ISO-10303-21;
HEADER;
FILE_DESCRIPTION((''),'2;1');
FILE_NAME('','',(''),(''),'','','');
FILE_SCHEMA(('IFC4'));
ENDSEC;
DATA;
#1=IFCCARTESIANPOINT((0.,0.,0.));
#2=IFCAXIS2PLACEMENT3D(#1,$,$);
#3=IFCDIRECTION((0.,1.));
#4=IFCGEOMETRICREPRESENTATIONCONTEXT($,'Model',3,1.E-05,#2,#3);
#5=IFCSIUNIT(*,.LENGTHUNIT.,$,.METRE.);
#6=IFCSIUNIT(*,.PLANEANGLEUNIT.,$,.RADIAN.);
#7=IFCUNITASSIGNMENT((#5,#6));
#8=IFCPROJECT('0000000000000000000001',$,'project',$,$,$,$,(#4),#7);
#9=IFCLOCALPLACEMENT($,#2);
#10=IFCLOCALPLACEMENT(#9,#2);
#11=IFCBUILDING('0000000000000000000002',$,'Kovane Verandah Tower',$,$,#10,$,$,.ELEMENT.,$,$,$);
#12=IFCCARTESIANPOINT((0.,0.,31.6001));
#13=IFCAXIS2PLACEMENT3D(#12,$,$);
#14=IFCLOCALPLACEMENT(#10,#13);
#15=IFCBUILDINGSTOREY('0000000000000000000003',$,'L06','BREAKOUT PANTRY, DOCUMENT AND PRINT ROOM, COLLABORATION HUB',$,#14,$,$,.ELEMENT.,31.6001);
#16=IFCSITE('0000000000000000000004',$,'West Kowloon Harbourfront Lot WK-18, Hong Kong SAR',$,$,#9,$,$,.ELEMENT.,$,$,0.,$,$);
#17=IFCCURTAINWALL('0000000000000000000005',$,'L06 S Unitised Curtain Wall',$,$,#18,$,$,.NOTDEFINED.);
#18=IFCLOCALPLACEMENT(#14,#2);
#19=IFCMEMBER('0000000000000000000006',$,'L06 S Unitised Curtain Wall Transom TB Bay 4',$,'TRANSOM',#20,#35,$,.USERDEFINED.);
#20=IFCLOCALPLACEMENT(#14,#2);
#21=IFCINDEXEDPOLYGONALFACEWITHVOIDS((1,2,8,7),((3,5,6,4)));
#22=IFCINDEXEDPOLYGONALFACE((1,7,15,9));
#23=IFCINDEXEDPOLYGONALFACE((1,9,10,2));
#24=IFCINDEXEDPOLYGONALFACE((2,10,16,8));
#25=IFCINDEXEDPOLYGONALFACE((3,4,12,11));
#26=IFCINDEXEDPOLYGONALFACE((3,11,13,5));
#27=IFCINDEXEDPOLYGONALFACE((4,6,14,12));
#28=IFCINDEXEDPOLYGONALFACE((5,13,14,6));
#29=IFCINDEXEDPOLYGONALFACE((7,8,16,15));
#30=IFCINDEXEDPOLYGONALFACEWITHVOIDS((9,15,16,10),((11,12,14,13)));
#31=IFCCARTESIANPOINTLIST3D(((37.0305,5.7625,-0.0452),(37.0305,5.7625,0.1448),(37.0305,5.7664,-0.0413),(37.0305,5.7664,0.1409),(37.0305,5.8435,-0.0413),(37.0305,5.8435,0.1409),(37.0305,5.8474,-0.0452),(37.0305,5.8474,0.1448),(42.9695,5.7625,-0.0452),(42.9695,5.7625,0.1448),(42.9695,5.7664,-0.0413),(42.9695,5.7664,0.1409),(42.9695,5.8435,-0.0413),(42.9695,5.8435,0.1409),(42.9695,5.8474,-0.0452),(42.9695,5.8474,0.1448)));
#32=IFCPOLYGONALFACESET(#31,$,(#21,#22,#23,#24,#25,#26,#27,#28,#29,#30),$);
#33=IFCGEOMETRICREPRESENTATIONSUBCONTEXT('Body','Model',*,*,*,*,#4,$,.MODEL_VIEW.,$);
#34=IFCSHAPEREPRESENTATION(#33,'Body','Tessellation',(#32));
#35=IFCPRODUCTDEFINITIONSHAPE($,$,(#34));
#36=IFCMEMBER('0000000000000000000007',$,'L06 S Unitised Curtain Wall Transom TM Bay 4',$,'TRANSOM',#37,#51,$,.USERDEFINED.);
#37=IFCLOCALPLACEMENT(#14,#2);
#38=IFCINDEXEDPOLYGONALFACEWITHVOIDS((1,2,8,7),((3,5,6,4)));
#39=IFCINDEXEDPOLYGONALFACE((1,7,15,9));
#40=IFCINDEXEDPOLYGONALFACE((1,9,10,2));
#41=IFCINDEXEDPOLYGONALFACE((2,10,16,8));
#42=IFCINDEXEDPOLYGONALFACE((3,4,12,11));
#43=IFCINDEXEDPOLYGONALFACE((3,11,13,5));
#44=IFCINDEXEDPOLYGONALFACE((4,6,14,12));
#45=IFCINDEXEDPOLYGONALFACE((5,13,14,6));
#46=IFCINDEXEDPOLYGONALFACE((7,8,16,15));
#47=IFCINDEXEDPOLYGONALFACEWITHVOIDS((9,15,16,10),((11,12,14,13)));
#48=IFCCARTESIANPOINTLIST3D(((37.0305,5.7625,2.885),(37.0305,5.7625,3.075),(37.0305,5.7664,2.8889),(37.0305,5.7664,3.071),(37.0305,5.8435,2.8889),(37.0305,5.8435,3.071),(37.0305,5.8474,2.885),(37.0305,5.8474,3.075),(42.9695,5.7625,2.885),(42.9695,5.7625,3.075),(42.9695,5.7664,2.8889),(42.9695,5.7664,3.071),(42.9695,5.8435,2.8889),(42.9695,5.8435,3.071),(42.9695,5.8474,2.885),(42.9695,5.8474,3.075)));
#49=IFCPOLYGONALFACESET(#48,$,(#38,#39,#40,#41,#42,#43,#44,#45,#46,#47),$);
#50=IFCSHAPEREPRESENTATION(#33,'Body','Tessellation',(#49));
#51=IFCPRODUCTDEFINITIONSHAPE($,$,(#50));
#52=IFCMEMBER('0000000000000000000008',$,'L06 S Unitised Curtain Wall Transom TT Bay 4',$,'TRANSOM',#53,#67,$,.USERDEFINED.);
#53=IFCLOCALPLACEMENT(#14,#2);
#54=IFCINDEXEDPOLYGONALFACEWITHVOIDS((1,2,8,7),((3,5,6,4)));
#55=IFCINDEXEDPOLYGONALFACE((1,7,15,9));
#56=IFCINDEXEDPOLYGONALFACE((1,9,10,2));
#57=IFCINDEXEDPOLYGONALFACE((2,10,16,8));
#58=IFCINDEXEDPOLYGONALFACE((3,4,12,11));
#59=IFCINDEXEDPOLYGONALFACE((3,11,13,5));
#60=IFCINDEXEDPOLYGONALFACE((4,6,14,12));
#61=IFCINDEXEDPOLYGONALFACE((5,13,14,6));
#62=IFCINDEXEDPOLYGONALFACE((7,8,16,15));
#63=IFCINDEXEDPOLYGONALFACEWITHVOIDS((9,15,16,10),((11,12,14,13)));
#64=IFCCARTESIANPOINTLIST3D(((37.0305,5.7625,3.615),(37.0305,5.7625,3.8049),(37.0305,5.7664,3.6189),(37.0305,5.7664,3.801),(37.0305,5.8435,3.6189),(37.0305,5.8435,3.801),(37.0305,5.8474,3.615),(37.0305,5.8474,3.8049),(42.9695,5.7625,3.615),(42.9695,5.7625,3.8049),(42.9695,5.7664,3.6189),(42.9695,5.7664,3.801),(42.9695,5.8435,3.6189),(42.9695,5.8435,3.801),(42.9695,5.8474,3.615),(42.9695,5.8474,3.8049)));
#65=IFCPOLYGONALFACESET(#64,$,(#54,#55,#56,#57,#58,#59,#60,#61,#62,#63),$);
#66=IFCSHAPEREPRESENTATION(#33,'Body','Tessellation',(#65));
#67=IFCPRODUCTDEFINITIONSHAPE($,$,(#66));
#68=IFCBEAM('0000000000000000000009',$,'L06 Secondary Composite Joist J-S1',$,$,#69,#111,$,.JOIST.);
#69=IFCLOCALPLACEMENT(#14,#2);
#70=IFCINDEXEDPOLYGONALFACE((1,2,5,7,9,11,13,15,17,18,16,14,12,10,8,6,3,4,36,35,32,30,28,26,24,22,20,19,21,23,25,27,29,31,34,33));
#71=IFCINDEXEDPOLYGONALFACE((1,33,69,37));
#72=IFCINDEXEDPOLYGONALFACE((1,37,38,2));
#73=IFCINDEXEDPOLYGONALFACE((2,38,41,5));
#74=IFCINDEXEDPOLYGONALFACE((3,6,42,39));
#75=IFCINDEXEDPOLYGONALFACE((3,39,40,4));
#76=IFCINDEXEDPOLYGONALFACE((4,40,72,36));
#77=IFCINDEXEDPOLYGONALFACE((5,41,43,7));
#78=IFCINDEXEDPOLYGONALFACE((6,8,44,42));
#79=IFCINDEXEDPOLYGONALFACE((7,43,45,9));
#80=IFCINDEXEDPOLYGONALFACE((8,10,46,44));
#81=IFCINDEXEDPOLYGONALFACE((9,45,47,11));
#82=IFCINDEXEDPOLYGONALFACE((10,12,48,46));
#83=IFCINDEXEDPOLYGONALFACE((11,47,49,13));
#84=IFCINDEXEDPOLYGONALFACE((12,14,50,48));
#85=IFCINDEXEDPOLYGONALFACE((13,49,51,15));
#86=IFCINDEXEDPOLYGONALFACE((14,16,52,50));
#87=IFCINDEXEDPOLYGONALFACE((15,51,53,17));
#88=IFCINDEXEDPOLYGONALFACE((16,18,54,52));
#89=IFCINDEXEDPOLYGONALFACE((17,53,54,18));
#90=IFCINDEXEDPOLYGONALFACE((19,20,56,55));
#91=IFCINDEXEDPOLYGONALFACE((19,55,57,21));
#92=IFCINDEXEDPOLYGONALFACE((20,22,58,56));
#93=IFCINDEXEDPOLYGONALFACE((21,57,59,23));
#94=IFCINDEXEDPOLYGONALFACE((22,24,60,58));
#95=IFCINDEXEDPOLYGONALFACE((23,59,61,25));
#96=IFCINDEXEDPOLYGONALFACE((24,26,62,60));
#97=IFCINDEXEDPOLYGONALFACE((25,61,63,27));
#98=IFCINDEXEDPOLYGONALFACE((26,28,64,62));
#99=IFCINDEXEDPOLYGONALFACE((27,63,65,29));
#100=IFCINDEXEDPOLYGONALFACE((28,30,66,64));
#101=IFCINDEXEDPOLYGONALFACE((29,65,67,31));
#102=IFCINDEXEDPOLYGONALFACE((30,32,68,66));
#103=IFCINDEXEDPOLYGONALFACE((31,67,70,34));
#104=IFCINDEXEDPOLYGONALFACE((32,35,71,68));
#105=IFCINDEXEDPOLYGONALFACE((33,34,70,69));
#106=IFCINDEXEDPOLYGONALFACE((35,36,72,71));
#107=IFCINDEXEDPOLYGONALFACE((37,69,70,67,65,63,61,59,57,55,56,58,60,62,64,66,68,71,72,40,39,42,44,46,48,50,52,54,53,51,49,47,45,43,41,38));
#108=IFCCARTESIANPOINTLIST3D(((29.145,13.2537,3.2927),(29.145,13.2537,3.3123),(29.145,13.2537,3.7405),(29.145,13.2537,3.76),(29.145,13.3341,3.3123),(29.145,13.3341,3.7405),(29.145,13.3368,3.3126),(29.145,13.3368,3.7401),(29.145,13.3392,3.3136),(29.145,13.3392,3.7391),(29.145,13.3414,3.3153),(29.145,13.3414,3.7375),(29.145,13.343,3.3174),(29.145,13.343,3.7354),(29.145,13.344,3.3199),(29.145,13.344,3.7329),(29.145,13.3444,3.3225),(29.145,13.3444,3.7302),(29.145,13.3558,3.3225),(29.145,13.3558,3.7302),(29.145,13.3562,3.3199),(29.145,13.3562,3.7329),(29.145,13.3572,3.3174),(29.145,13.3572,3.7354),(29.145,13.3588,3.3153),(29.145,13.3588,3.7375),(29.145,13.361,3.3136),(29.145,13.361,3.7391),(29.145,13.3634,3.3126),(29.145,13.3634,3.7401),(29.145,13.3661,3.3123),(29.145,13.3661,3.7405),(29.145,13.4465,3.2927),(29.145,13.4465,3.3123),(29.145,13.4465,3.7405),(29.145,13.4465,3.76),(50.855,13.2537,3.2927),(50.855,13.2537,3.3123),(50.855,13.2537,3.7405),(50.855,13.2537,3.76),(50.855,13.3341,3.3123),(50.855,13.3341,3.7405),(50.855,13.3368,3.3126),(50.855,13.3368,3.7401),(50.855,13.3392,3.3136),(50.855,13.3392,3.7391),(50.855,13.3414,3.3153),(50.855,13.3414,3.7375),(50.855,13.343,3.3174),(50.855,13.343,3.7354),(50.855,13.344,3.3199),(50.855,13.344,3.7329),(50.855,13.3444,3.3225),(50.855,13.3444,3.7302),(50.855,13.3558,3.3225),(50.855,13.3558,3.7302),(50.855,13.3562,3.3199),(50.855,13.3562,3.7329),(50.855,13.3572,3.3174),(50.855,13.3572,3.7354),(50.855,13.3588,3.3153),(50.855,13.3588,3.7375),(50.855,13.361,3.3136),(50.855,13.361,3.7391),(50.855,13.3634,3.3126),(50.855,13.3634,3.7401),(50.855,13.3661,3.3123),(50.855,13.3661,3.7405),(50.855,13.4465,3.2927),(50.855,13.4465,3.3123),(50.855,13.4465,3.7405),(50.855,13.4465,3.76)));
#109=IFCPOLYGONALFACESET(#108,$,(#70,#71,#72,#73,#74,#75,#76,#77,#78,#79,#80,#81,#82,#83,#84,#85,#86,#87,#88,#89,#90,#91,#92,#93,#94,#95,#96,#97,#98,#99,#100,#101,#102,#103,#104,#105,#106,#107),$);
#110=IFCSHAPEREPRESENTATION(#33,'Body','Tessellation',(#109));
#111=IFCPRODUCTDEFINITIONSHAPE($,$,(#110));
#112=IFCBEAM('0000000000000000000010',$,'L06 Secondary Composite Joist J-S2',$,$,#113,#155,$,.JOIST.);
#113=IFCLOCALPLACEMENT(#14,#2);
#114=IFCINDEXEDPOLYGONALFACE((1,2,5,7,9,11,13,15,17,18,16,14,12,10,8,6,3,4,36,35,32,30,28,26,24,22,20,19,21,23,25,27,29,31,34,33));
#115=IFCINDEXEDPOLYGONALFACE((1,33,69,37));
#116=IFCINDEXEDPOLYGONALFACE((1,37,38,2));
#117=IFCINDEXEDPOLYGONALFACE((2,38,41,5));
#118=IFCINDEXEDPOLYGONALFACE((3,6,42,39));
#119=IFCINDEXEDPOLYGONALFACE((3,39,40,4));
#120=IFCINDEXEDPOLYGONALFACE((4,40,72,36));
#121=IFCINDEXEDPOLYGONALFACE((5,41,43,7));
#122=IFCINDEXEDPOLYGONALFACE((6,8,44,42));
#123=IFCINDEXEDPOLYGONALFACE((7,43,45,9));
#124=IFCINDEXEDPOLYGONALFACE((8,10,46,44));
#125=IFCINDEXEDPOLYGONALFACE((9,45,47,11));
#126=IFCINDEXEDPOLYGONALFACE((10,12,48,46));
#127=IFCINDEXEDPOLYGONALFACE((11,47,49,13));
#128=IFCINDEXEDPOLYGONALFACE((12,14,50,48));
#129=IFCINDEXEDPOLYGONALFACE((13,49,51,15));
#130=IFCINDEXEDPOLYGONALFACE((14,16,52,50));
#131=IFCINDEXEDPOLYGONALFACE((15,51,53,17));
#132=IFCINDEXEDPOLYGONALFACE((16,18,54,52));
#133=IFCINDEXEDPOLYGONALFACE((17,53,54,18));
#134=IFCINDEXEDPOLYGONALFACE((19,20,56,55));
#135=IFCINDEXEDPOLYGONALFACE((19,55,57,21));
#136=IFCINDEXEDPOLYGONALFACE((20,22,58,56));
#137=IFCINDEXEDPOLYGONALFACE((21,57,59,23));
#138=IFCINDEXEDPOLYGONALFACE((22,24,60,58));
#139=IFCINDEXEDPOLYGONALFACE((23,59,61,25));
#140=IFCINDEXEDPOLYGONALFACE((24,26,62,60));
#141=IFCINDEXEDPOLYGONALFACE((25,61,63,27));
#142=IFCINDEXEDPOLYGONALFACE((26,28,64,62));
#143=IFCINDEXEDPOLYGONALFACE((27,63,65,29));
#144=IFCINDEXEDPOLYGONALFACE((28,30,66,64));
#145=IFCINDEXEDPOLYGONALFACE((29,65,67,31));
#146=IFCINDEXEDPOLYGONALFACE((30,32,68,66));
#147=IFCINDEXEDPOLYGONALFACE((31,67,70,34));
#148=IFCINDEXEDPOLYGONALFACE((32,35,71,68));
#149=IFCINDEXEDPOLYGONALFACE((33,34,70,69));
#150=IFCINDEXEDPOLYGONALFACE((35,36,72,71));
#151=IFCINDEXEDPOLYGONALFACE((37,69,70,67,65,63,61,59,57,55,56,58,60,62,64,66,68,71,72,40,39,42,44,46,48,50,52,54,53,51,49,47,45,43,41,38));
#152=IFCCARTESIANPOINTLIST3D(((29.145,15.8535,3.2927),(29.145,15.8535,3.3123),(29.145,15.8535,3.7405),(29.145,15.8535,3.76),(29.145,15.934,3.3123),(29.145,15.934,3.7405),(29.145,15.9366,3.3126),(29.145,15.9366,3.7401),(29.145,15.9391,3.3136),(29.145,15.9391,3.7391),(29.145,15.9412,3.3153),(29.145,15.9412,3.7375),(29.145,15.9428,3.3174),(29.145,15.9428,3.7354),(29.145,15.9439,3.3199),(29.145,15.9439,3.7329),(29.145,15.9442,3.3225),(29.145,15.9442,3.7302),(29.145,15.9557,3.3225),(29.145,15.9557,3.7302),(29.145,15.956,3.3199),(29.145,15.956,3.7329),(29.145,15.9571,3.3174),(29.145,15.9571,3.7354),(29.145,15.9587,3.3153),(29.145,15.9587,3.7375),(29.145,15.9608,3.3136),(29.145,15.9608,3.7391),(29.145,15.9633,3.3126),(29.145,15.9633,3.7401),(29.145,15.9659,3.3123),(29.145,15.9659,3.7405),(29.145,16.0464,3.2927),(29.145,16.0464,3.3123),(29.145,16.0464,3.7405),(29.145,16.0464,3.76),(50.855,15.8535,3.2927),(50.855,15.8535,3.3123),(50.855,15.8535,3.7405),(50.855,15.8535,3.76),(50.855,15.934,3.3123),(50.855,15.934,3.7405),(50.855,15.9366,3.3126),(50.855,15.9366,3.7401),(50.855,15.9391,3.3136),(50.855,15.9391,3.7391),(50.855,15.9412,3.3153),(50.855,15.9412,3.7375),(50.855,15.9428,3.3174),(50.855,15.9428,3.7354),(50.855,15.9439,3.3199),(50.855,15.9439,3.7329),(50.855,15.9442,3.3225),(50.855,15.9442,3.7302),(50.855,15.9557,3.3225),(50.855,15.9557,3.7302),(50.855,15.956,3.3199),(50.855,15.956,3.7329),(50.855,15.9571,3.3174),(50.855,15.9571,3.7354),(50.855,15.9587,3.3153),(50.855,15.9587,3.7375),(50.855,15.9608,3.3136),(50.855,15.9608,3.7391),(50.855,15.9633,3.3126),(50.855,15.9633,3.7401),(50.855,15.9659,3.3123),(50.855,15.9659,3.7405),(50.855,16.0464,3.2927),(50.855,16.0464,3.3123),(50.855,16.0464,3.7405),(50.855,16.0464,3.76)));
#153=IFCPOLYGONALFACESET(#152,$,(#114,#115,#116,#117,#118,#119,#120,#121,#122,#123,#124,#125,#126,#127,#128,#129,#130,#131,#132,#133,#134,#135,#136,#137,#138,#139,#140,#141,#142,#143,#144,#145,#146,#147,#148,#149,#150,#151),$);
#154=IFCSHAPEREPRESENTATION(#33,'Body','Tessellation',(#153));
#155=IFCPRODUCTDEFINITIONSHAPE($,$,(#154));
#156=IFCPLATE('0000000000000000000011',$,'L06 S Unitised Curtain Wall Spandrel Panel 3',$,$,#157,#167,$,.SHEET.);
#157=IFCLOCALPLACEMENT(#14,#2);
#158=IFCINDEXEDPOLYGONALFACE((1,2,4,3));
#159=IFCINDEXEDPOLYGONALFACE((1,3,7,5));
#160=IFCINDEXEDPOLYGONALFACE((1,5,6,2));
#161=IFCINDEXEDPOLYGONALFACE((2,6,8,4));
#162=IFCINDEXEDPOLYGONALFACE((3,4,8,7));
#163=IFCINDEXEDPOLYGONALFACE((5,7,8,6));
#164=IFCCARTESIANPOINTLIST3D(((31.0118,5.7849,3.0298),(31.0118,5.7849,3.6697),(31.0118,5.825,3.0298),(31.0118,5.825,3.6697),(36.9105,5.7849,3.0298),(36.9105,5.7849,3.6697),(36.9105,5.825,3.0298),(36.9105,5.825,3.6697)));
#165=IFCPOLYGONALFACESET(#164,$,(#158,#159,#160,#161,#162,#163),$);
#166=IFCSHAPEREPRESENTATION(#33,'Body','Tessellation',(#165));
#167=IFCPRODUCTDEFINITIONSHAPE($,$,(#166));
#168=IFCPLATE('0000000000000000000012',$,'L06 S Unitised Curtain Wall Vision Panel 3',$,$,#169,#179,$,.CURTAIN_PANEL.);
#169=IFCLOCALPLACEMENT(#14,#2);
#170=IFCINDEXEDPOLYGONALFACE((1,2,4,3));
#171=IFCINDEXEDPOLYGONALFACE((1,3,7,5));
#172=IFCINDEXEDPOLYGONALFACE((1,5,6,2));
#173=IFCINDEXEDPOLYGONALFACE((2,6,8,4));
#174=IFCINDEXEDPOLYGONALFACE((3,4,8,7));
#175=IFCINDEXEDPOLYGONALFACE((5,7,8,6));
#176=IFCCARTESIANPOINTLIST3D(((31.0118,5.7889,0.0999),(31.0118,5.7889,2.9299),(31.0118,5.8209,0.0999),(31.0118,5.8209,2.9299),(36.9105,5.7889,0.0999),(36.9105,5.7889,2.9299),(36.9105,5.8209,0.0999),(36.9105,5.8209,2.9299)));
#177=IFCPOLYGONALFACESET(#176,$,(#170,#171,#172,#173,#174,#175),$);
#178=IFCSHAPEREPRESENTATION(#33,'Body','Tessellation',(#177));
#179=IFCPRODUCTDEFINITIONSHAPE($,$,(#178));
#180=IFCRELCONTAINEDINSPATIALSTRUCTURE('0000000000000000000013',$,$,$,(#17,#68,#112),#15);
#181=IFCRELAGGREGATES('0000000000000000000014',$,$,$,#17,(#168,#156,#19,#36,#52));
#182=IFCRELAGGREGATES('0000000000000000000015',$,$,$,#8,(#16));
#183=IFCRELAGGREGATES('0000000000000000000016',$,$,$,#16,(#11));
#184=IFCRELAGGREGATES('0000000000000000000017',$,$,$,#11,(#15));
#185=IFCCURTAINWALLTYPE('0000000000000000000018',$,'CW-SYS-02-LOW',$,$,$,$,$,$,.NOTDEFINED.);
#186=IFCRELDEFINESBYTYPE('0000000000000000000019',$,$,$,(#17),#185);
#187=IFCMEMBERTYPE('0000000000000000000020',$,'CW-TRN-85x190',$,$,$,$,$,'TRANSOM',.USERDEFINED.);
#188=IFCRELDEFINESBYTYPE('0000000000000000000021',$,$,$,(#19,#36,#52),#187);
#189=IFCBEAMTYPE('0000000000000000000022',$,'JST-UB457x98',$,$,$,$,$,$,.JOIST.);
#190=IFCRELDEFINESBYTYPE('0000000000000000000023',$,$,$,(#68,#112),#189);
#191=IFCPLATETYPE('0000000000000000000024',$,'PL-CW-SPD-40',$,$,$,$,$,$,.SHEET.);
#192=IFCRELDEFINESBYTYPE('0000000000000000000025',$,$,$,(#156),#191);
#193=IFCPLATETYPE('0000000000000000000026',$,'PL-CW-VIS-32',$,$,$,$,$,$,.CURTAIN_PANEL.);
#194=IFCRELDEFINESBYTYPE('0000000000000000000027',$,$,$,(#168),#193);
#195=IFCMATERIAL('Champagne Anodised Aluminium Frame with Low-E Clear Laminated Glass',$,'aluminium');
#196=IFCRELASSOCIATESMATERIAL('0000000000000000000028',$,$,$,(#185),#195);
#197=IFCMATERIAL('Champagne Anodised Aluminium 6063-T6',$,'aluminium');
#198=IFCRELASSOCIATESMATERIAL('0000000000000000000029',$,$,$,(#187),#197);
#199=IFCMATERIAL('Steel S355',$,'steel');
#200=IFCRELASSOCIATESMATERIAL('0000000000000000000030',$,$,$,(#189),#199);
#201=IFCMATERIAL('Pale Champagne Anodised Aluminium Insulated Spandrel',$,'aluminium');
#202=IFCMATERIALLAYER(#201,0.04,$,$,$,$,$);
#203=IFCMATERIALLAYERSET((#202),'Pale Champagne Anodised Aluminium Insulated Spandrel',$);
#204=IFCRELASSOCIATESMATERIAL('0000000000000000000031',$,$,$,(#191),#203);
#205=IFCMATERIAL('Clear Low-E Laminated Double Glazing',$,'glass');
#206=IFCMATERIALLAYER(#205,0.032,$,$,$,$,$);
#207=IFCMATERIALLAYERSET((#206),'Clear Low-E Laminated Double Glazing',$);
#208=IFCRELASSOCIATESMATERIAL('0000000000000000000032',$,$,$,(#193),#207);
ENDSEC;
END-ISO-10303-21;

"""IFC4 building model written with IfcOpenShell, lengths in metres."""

from ifc_helpers import new_model, si_unit, direction, frame, origin, origin_2d, place, context, subcontext, project, spatial, rectangle, hollow_rectangle, i_section, extrude, material, layer, layer_set, material_profile, profile_set, type_object, element, aggregate, save


model = new_model("IFC4")

# Units and contexts
model_context = context("Model", 3, precision=1e-05, world=origin(), true_north=direction((0.0, 1.0)))
body_context = subcontext(model_context, "Body", "Model", "MODEL_VIEW")
ifc_project = project(units=[si_unit("LENGTHUNIT", "METRE"), si_unit("PLANEANGLEUNIT", "RADIAN")], contexts=[model_context])

# Site, building, storey
site_placement = place(None, origin())
site = spatial("IfcSite", under=ifc_project, at=site_placement, Name="West Kowloon Harbourfront Lot WK-18, Hong Kong SAR", CompositionType="ELEMENT", RefElevation=0.0)
building_placement = place(site_placement, origin())
building = spatial("IfcBuilding", under=site, at=building_placement, Name="Kovane Verandah Tower", CompositionType="ELEMENT")
storey_placement = place(building_placement, frame((0.0, 0.0, 31.6001)))
storey = spatial("IfcBuildingStorey", under=building, at=storey_placement, Name="L06", Description="BREAKOUT PANTRY, DOCUMENT AND PRINT ROOM, COLLABORATION HUB", CompositionType="ELEMENT", Elevation=31.6001)

# Shared definitions
ifc_material_1 = material(Name="Steel S355", Category="steel")

# Curtain wall, members
ifc_material_2 = material(Name="Champagne Anodised Aluminium Frame with Low-E Clear Laminated Glass", Category="aluminium")
curtain_wall_type = type_object("IfcCurtainWallType", Name="CW-SYS-02-LOW", PredefinedType="NOTDEFINED", material=ifc_material_2)
curtain_wall_placement = place(storey_placement, origin())
curtain_wall = element("IfcCurtainWall", 1, at=curtain_wall_placement, inside=storey, type_object=curtain_wall_type, Name="L06 S Unitised Curtain Wall", PredefinedType="NOTDEFINED")
ifc_material_3 = material(Name="Champagne Anodised Aluminium 6063-T6", Category="aluminium")
ifc_material_profile_1 = material_profile(ifc_material_3, hollow_rectangle(XDim=0.085, YDim=0.1899, WallThickness=0.0039, at=origin_2d()), Name="AL85x190x4")
ifc_profile_set_1 = profile_set([ifc_material_profile_1], Name="Champagne Anodised Aluminium 6063-T6")
member_type_1 = type_object("IfcMemberType", Name="CW-TRN-85x190", ElementType="TRANSOM", PredefinedType="USERDEFINED", material=ifc_profile_set_1)
member_1_placement = place(storey_placement, frame((37.0305, 5.8049, 0.0498), z_axis=(1.0, 0.0, 0.0), x_axis=(0.0, 1.0, 0.0)))
member_1 = element("IfcMember", 2, at=member_1_placement, type_object=member_type_1, Name="L06 S Unitised Curtain Wall Transom TB Bay 4", ObjectType="TRANSOM", PredefinedType="USERDEFINED", context=body_context, shape_type="SweptSolid", body=[
    extrude(hollow_rectangle(XDim=0.085, YDim=0.1899, WallThickness=0.0039, at=origin_2d()), origin(), (0.0, 0.0, 1.0), 5.939),
])
member_2_placement = place(storey_placement, frame((37.0305, 5.8049, 2.98), z_axis=(1.0, 0.0, 0.0), x_axis=(0.0, 1.0, 0.0)))
member_2 = element("IfcMember", 3, at=member_2_placement, type_object=member_type_1, Name="L06 S Unitised Curtain Wall Transom TM Bay 4", ObjectType="TRANSOM", PredefinedType="USERDEFINED", context=body_context, shape_type="SweptSolid", body=[
    extrude(hollow_rectangle(XDim=0.085, YDim=0.1899, WallThickness=0.0039, at=origin_2d()), origin(), (0.0, 0.0, 1.0), 5.939),
])
member_3_placement = place(storey_placement, frame((37.0305, 5.8049, 3.71), z_axis=(1.0, 0.0, 0.0), x_axis=(0.0, 1.0, 0.0)))
member_3 = element("IfcMember", 4, at=member_3_placement, type_object=member_type_1, Name="L06 S Unitised Curtain Wall Transom TT Bay 4", ObjectType="TRANSOM", PredefinedType="USERDEFINED", context=body_context, shape_type="SweptSolid", body=[
    extrude(hollow_rectangle(XDim=0.085, YDim=0.1899, WallThickness=0.0039, at=origin_2d()), origin(), (0.0, 0.0, 1.0), 5.939),
])

# Beams
ifc_material_profile_2 = material_profile(ifc_material_1, i_section(OverallWidth=0.1929, OverallDepth=0.4673, WebThickness=0.0115, FlangeThickness=0.0195, FilletRadius=0.0103, at=origin_2d()), Name="UB457x191x98")
ifc_profile_set_2 = profile_set([ifc_material_profile_2], Name="Steel S355")
beam_type_1 = type_object("IfcBeamType", Name="JST-UB457x98", PredefinedType="JOIST", material=ifc_profile_set_2)
for number, where, z_axis, x_axis, name in (
    (5, (29.145, 13.3501, 3.5264), (1.0, 0.0, 0.0), (0.0, 1.0, 0.0), "L06 Secondary Composite Joist J-S1"),
    (6, (29.145, 15.95, 3.5264), (1.0, 0.0, 0.0), (0.0, 1.0, 0.0), "L06 Secondary Composite Joist J-S2"),
):
    element("IfcBeam", number, at=place(storey_placement, frame(where, z_axis=z_axis, x_axis=x_axis)), inside=storey, type_object=beam_type_1, Name=name, PredefinedType="JOIST", context=body_context, shape_type="SweptSolid", body=[
        extrude(i_section(OverallWidth=0.1929, OverallDepth=0.4673, WebThickness=0.0115, FlangeThickness=0.0195, FilletRadius=0.0103, at=origin_2d()), origin(), (0.0, 0.0, 1.0), 21.71),
    ])

# Plates
ifc_material_4 = material(Name="Pale Champagne Anodised Aluminium Insulated Spandrel", Category="aluminium")
ifc_layer_1 = layer(ifc_material_4, 0.04)
ifc_layer_set_1 = layer_set([ifc_layer_1], Name="Pale Champagne Anodised Aluminium Insulated Spandrel")
plate_type_1 = type_object("IfcPlateType", Name="PL-CW-SPD-40", PredefinedType="SHEET", material=ifc_layer_set_1)
plate_1_placement = place(storey_placement, frame((33.9612, 5.8049, 3.0298), z_axis=(0.0, 0.0, 1.0), x_axis=(1.0, 0.0, 0.0)))
plate_1 = element("IfcPlate", 7, at=plate_1_placement, type_object=plate_type_1, Name="L06 S Unitised Curtain Wall Spandrel Panel 3", PredefinedType="SHEET", context=body_context, shape_type="SweptSolid", body=[
    extrude(rectangle(XDim=5.8987, YDim=0.04, at=origin_2d()), origin(), (0.0, 0.0, 1.0), 0.6399),
])
ifc_material_5 = material(Name="Clear Low-E Laminated Double Glazing", Category="glass")
ifc_layer_2 = layer(ifc_material_5, 0.032)
ifc_layer_set_2 = layer_set([ifc_layer_2], Name="Clear Low-E Laminated Double Glazing")
plate_type_2 = type_object("IfcPlateType", Name="PL-CW-VIS-32", PredefinedType="CURTAIN_PANEL", material=ifc_layer_set_2)
plate_2_placement = place(storey_placement, frame((33.9612, 5.8049, 0.0999), z_axis=(0.0, 0.0, 1.0), x_axis=(1.0, 0.0, 0.0)))
plate_2 = element("IfcPlate", 8, at=plate_2_placement, type_object=plate_type_2, Name="L06 S Unitised Curtain Wall Vision Panel 3", PredefinedType="CURTAIN_PANEL", context=body_context, shape_type="SweptSolid", body=[
    extrude(rectangle(XDim=5.8987, YDim=0.032, at=origin_2d()), origin(), (0.0, 0.0, 1.0), 2.8301),
])
aggregate(curtain_wall, [plate_2, plate_1, member_1, member_2, member_3])

save(model, "model.ifc")
